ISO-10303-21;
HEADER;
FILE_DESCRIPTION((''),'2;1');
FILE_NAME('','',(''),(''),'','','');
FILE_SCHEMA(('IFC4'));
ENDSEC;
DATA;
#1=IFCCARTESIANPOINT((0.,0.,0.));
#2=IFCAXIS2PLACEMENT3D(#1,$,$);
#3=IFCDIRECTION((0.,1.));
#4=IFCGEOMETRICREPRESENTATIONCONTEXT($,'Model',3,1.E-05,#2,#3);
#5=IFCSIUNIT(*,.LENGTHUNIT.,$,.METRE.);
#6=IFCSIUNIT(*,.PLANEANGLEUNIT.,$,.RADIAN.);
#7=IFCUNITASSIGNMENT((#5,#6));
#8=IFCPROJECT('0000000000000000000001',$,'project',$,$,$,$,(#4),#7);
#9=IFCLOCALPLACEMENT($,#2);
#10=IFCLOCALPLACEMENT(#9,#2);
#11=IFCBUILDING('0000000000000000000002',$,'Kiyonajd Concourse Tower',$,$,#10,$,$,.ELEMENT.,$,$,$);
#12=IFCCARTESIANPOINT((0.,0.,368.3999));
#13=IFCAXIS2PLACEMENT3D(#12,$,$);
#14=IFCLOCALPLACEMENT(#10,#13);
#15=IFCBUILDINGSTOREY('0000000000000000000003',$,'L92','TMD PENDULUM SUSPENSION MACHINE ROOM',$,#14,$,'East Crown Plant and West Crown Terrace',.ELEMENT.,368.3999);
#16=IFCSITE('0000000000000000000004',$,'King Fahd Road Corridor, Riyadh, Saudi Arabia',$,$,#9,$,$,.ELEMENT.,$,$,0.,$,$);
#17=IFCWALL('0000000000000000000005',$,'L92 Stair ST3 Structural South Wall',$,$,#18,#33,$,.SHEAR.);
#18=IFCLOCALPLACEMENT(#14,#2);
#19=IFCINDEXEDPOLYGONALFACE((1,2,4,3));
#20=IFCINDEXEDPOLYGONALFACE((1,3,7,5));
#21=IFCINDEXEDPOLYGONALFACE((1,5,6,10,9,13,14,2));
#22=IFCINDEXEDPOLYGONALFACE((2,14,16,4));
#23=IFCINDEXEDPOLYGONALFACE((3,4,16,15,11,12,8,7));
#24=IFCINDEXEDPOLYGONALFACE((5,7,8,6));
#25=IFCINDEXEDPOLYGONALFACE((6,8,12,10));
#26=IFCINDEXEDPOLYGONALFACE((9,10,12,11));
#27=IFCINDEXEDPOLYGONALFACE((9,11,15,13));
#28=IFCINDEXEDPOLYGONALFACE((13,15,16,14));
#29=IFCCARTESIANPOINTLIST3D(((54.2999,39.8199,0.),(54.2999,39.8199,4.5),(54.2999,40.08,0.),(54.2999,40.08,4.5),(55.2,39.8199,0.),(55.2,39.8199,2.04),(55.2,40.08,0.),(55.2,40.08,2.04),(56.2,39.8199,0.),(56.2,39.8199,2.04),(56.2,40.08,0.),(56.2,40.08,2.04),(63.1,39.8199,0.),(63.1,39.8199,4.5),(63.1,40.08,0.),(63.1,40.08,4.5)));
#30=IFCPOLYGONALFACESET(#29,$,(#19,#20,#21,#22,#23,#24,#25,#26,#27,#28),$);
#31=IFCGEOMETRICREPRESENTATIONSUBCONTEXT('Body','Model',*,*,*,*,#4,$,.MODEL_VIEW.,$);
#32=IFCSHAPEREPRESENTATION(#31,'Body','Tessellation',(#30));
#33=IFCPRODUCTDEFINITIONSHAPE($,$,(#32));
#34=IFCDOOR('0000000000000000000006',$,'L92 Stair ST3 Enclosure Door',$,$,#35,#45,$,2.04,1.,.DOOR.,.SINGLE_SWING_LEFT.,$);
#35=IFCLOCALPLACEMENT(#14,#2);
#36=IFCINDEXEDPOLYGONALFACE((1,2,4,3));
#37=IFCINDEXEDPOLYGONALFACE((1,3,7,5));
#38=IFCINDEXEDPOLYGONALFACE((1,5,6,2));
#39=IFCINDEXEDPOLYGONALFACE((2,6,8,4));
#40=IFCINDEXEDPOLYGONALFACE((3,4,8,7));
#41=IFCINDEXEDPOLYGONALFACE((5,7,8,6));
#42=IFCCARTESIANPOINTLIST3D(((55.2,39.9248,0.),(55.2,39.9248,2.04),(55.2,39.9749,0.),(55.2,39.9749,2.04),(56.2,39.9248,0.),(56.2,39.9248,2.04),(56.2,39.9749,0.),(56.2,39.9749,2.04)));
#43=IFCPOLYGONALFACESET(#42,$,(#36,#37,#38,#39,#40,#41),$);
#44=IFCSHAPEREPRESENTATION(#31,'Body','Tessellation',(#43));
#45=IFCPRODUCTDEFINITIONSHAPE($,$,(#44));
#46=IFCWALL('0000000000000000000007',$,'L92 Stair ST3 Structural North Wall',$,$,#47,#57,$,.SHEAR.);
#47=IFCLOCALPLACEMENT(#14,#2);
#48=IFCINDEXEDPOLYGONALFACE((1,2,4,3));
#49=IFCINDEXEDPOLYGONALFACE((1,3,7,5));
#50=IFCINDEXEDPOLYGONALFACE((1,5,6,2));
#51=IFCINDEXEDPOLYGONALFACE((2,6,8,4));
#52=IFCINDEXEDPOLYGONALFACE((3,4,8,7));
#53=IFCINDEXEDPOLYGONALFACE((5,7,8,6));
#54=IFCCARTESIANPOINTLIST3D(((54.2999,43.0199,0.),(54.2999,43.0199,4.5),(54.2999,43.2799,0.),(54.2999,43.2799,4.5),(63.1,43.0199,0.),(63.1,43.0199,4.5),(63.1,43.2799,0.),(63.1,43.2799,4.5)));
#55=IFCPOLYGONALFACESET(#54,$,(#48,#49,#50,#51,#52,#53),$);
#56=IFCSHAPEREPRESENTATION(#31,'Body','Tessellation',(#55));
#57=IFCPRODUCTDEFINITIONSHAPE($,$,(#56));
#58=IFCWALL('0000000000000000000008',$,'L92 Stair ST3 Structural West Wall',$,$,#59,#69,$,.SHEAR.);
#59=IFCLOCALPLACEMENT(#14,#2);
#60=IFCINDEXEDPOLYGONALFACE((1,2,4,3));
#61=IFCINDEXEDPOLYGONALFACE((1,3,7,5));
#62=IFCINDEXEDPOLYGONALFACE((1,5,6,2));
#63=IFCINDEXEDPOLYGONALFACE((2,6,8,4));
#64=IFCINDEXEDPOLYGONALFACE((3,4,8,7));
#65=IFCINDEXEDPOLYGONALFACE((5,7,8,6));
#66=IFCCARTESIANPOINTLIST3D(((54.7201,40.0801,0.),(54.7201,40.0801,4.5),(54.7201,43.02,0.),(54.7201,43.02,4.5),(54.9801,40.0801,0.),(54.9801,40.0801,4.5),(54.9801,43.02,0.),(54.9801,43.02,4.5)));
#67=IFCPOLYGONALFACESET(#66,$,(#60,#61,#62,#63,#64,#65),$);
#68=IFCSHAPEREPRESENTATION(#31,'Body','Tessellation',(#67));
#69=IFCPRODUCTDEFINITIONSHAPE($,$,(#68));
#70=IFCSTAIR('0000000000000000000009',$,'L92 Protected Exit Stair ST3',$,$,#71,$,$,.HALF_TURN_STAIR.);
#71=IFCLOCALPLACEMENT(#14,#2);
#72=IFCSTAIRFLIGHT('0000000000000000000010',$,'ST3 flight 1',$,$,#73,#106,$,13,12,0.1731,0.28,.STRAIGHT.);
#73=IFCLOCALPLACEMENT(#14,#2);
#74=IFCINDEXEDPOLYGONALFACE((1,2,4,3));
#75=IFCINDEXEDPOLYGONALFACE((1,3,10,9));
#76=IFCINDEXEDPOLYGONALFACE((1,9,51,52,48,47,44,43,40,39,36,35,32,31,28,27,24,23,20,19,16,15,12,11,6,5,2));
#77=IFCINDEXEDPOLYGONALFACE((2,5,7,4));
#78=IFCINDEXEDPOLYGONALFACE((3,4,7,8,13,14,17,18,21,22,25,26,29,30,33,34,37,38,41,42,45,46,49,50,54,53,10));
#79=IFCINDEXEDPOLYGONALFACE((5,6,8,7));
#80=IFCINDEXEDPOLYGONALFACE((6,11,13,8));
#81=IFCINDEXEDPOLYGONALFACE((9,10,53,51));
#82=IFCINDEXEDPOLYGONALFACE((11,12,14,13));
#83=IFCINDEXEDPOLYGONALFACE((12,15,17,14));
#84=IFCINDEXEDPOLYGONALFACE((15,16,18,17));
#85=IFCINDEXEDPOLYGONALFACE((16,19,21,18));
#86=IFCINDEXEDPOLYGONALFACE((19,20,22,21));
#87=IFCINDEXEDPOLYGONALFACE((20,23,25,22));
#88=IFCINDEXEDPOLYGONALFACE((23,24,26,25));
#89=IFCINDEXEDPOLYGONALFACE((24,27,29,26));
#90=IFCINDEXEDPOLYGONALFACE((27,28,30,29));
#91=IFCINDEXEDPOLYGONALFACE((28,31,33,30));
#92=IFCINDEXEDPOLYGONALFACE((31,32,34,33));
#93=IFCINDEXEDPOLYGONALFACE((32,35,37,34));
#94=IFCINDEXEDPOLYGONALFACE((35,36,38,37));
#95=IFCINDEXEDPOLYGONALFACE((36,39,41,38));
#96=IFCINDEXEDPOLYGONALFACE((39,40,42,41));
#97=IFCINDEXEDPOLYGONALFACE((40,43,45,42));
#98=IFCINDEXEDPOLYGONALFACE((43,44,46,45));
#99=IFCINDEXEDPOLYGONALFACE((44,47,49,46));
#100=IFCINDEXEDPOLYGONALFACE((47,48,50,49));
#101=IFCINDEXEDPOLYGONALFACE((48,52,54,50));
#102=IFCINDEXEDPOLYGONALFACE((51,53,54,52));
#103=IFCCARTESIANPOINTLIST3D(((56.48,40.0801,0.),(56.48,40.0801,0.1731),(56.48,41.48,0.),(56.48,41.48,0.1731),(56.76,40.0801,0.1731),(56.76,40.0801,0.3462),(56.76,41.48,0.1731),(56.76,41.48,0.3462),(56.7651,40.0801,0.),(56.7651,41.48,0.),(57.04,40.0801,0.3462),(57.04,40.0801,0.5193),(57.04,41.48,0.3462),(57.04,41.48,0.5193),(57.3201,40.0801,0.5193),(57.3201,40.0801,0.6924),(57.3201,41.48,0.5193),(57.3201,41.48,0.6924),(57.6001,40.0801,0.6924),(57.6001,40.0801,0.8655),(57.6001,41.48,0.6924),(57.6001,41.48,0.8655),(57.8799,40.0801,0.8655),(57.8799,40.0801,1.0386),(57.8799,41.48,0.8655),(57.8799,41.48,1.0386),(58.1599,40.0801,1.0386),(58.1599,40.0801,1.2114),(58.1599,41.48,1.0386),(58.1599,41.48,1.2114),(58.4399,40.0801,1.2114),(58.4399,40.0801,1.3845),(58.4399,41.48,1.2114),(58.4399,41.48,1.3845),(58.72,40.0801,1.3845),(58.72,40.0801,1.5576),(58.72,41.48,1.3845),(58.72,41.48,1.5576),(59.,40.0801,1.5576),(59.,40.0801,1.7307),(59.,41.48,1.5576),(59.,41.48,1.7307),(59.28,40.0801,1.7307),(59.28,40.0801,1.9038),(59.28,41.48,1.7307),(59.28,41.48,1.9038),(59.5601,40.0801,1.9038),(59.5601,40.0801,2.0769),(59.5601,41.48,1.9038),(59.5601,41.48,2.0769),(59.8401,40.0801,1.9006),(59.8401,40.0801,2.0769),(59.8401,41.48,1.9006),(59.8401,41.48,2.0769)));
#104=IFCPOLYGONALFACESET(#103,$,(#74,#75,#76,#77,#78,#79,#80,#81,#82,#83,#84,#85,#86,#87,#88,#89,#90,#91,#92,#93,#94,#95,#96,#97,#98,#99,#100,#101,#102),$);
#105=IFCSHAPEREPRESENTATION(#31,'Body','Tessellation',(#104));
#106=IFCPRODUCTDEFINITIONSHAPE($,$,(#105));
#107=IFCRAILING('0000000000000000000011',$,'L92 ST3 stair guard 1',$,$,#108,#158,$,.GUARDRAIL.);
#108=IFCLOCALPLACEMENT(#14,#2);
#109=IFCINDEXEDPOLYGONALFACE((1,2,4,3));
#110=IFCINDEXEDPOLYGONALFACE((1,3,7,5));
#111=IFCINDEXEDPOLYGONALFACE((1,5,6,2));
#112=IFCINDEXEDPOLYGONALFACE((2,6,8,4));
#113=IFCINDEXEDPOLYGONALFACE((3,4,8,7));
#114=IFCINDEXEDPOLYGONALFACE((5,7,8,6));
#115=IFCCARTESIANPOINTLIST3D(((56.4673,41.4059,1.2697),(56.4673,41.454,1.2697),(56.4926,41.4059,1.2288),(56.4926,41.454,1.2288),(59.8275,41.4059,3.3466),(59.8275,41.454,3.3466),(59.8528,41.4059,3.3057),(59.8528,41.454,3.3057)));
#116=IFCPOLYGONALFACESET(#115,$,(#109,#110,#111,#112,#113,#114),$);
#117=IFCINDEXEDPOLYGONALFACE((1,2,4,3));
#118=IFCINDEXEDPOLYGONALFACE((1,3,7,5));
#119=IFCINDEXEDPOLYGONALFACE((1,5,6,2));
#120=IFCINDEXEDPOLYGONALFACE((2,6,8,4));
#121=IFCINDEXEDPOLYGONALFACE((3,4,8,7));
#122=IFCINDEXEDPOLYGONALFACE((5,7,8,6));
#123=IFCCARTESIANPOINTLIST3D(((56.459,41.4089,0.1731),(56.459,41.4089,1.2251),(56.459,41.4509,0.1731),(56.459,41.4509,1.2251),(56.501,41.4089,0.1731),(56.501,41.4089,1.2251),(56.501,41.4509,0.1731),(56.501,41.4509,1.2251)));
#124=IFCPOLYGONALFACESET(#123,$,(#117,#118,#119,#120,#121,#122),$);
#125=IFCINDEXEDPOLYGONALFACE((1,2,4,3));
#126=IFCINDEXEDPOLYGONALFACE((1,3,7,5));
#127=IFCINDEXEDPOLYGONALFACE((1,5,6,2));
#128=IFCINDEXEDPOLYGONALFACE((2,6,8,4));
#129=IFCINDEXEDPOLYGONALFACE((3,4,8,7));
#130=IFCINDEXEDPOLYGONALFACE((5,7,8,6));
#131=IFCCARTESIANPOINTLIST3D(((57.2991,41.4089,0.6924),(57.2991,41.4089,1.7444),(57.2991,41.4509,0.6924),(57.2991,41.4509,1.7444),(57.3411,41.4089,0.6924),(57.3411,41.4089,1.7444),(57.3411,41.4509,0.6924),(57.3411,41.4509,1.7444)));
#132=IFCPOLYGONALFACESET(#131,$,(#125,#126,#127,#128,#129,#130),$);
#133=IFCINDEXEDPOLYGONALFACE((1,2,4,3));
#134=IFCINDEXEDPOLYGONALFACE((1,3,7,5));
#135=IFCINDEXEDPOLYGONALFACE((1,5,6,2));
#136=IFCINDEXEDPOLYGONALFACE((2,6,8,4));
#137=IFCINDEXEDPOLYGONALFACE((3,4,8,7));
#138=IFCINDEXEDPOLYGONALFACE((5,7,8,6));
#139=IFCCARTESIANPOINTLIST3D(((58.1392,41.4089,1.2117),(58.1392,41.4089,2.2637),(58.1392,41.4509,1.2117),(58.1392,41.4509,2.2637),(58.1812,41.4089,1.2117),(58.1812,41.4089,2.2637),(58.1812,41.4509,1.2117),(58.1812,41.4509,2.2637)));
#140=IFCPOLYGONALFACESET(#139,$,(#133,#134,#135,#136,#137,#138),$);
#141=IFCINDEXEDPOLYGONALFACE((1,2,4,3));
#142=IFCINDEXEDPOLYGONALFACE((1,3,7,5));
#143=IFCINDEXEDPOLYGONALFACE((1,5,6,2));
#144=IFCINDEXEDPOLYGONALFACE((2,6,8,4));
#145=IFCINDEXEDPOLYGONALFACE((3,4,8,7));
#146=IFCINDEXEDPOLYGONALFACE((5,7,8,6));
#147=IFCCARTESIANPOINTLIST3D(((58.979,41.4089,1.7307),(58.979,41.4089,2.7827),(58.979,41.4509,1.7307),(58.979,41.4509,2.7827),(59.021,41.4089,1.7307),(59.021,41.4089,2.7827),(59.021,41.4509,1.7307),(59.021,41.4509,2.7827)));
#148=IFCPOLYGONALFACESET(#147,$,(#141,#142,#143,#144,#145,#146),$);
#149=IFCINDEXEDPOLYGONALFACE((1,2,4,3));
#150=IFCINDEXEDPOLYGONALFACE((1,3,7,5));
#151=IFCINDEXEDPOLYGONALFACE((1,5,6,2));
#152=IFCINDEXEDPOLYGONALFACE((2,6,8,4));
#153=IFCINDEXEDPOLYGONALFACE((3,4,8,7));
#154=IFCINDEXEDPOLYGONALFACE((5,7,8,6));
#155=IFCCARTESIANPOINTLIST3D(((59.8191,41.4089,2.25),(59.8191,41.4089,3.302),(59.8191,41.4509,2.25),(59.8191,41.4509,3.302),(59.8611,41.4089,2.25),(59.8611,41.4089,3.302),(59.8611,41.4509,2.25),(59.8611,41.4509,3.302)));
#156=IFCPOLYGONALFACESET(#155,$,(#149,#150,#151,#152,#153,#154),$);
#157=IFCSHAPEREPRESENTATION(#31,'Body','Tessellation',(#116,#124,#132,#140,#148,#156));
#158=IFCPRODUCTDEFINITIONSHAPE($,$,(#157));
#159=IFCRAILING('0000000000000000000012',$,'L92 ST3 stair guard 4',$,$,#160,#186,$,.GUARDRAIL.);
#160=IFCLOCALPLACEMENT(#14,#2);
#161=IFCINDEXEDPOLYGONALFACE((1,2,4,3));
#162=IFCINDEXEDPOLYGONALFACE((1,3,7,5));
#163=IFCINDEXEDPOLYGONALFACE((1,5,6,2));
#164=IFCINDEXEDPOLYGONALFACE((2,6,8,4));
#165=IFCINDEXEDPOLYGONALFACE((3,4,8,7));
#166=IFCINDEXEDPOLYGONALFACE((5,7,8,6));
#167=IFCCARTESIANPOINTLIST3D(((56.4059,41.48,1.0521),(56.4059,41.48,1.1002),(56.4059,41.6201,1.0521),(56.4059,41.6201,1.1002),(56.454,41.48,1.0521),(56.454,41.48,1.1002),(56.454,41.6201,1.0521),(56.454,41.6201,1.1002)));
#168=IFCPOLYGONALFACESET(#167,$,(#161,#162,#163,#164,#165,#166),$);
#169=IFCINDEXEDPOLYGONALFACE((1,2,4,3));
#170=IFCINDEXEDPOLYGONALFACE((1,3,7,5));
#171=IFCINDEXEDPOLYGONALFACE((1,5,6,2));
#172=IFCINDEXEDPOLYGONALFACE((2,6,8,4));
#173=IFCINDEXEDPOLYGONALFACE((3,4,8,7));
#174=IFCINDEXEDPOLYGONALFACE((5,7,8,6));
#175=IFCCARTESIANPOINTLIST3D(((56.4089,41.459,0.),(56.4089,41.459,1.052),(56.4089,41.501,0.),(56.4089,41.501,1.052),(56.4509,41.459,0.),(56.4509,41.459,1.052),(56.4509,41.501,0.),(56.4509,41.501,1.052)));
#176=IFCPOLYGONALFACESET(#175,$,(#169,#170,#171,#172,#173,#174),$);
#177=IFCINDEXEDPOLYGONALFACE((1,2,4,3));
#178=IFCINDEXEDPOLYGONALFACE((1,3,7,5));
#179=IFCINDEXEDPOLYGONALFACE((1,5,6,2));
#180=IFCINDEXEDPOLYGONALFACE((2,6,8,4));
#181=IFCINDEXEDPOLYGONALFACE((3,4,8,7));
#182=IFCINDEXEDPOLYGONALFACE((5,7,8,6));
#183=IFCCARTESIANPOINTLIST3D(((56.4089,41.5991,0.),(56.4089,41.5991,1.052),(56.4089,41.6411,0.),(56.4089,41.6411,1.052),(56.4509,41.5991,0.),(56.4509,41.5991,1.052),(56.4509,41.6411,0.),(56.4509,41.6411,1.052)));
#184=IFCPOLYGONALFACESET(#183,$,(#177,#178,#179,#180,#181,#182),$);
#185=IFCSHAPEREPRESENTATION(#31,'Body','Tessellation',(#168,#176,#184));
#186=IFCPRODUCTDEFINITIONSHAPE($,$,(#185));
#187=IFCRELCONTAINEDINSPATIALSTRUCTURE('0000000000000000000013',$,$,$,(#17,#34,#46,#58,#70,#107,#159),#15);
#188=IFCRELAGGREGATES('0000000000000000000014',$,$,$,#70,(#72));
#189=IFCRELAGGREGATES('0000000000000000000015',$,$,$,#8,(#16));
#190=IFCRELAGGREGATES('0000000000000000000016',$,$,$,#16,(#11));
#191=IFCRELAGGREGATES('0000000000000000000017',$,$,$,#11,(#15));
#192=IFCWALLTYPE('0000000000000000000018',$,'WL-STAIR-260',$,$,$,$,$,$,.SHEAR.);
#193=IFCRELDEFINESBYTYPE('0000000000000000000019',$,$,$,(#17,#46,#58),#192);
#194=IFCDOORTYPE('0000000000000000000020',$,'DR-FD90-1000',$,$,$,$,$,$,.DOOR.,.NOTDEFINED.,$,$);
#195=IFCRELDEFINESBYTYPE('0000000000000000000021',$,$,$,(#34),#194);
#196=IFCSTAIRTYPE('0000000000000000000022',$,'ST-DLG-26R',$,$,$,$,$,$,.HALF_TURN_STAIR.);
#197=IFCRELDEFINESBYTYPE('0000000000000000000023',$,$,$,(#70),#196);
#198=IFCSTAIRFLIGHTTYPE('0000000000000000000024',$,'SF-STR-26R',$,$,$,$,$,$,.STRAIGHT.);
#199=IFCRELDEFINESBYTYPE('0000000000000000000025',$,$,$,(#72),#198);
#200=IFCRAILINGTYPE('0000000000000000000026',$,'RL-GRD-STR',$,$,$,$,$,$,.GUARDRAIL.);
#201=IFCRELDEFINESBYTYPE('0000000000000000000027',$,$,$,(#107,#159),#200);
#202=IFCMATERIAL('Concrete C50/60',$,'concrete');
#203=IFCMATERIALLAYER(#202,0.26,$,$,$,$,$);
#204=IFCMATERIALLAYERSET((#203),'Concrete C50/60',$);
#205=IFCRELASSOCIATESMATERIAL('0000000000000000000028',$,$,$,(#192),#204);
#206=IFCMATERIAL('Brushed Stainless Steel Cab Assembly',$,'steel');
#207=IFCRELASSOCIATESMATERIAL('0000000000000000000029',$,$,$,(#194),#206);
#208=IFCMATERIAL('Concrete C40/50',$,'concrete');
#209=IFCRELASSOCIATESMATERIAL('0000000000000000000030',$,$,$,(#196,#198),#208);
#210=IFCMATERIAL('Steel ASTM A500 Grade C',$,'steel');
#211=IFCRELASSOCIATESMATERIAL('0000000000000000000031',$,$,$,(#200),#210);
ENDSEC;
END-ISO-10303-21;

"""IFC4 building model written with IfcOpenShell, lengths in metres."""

from ifc_helpers import new_model, si_unit, direction, frame, frame_2d, origin, origin_2d, place, context, subcontext, project, spatial, polyline, rectangle, outline, extrude, material, layer, layer_set, type_object, element, fill, aggregate, save


model = new_model("IFC4")

# Units and contexts
model_context = context("Model", 3, precision=1e-05, world=origin(), true_north=direction((0.0, 1.0)))
body_context = subcontext(model_context, "Body", "Model", "MODEL_VIEW")
ifc_project = project(units=[si_unit("LENGTHUNIT", "METRE"), si_unit("PLANEANGLEUNIT", "RADIAN")], contexts=[model_context])

# Site, building, storey
site_placement = place(None, origin())
site = spatial("IfcSite", under=ifc_project, at=site_placement, Name="King Fahd Road Corridor, Riyadh, Saudi Arabia", CompositionType="ELEMENT", RefElevation=0.0)
building_placement = place(site_placement, origin())
building = spatial("IfcBuilding", under=site, at=building_placement, Name="Kiyonajd Concourse Tower", CompositionType="ELEMENT")
storey_placement = place(building_placement, frame((0.0, 0.0, 368.3999)))
storey = spatial("IfcBuildingStorey", under=building, at=storey_placement, Name="L92", Description="TMD PENDULUM SUSPENSION MACHINE ROOM", LongName="East Crown Plant and West Crown Terrace", CompositionType="ELEMENT", Elevation=368.3999)

# Shared definitions
ifc_material_1 = material(Name="Concrete C50/60", Category="concrete")

# Shared definitions
ifc_material_2 = material(Name="Steel ASTM A500 Grade C", Category="steel")

# Shared definitions
ifc_material_3 = material(Name="Brushed Stainless Steel Cab Assembly", Category="steel")

# Wall, opening, door
ifc_layer_1 = layer(ifc_material_1, 0.26)
ifc_layer_set_1 = layer_set([ifc_layer_1], Name="Concrete C50/60")
wall_type_1 = type_object("IfcWallType", Name="WL-STAIR-260", PredefinedType="SHEAR", material=ifc_layer_set_1)
door_type_1 = type_object("IfcDoorType", Name="DR-FD90-1000", OperationType="NOTDEFINED", PredefinedType="DOOR", material=ifc_material_3)
wall_1_placement = place(storey_placement, frame((54.3, 39.95, 0.0), z_axis=(0.0, 0.0, 1.0), x_axis=(1.0, 0.0, 0.0)))
wall_1 = element("IfcWall", 1, at=wall_1_placement, inside=storey, type_object=wall_type_1, Name="L92 Stair ST3 Structural South Wall", PredefinedType="SHEAR", context=body_context, shape_type="SweptSolid", body=[
    extrude(rectangle(XDim=8.8, YDim=0.26, at=frame_2d((4.3999, 0.0))), origin(), (0.0, 0.0, 1.0), 4.5),
])
opening_1_placement = place(wall_1_placement, frame((0.8999, 0.0, 0.0)))
opening_1 = element("IfcOpeningElement", 2, at=opening_1_placement, cuts=wall_1, PredefinedType="OPENING", context=body_context, shape_type="SweptSolid", body=[
    extrude(rectangle(XDim=1.0, YDim=2.04, at=frame_2d((0.5, 1.02))), frame((0.0, 0.1399, 0.0), z_axis=(0.0, -1.0, 0.0), x_axis=(1.0, 0.0, 0.0)), (0.0, 0.0, 1.0), 0.28),
])
door_1_placement = place(opening_1_placement, origin())
door_1 = element("IfcDoor", 3, at=door_1_placement, inside=storey, type_object=door_type_1, Name="L92 Stair ST3 Enclosure Door", OperationType="SINGLE_SWING_LEFT", OverallHeight=2.04, OverallWidth=1.0, PredefinedType="DOOR", context=body_context, shape_type="SweptSolid", body=[
    extrude(rectangle(XDim=1.0, YDim=2.04, at=frame_2d((0.5, 1.02))), frame((0.0, 0.0249, 0.0), z_axis=(0.0, -1.0, 0.0), x_axis=(1.0, 0.0, 0.0)), (0.0, 0.0, 1.0), 0.05),
])
fill(opening_1, door_1)

# Walls
wall_2_placement = place(storey_placement, frame((54.3, 43.1499, 0.0), z_axis=(0.0, 0.0, 1.0), x_axis=(1.0, 0.0, 0.0)))
element("IfcWall", 4, at=wall_2_placement, inside=storey, type_object=wall_type_1, Name="L92 Stair ST3 Structural North Wall", PredefinedType="SHEAR", context=body_context, shape_type="SweptSolid", body=[
    extrude(rectangle(XDim=8.8, YDim=0.26, at=frame_2d((4.3999, 0.0))), origin(), (0.0, 0.0, 1.0), 4.5),
])
wall_3_placement = place(storey_placement, frame((54.8501, 40.0801, 0.0), z_axis=(0.0, 0.0, 1.0), x_axis=(0.0, 1.0, 0.0)))
element("IfcWall", 5, at=wall_3_placement, inside=storey, type_object=wall_type_1, Name="L92 Stair ST3 Structural West Wall", PredefinedType="SHEAR", context=body_context, shape_type="SweptSolid", body=[
    extrude(rectangle(XDim=2.9399, YDim=0.26, at=frame_2d((1.47, 0.0))), origin(), (0.0, 0.0, 1.0), 4.5),
])

# Stair, stair flight
ifc_material_4 = material(Name="Concrete C40/50", Category="concrete")
stair_type = type_object("IfcStairType", Name="ST-DLG-26R", PredefinedType="HALF_TURN_STAIR", material=ifc_material_4)
stair_placement = place(storey_placement, origin())
stair = element("IfcStair", 6, at=stair_placement, inside=storey, type_object=stair_type, Name="L92 Protected Exit Stair ST3", PredefinedType="HALF_TURN_STAIR")
stair_flight_type = type_object("IfcStairFlightType", Name="SF-STR-26R", PredefinedType="STRAIGHT", material=ifc_material_4)
stair_flight_placement = place(storey_placement, frame((56.48, 40.78, 0.0), z_axis=(0.0, 0.0, 1.0), x_axis=(1.0, 0.0, 0.0)))
stair_flight = element("IfcStairFlight", 7, at=stair_flight_placement, type_object=stair_flight_type, Name="ST3 flight 1", NumberOfRisers=13, NumberOfTreads=12, PredefinedType="STRAIGHT", RiserHeight=0.1731, TreadLength=0.28, context=body_context, shape_type="SweptSolid", body=[
    extrude(outline(polyline([(0.0, 0.0), (0.0, 0.1731), (0.28, 0.1731), (0.28, 0.3462), (0.5601, 0.3462), (0.5601, 0.5193), (0.8401, 0.5193), (0.8401, 0.6924), (1.1201, 0.6924), (1.1201, 0.8655), (1.3999, 0.8655), (1.3999, 1.0386), (1.6799, 1.0386), (1.6799, 1.2114), (1.96, 1.2114), (1.96, 1.3845), (2.24, 1.3845), (2.24, 1.5576), (2.52, 1.5576), (2.52, 1.7307), (2.8, 1.7307), (2.8, 1.9038), (3.0801, 1.9038), (3.0801, 2.0769), (3.3601, 2.0769), (3.3601, 2.25), (3.3601, 1.9006), (0.2852, 0.0), (0.0, 0.0)])), frame((0.0, 0.7, 0.0), z_axis=(0.0, -1.0, 0.0), x_axis=(1.0, 0.0, 0.0)), (0.0, 0.0, 1.0), 1.3999),
])
aggregate(stair, [stair_flight])

# Railings
railing_type_1 = type_object("IfcRailingType", Name="RL-GRD-STR", PredefinedType="GUARDRAIL", material=ifc_material_2)
railing_1_placement = place(storey_placement, frame((56.48, 41.4299, 0.1731)))
element("IfcRailing", 8, at=railing_1_placement, inside=storey, type_object=railing_type_1, Name="L92 ST3 stair guard 1", PredefinedType="GUARDRAIL", context=body_context, shape_type="SweptSolid", body=[
    extrude(rectangle(XDim=0.0481, YDim=0.0481, at=origin_2d()), frame((0.0, 0.0, 1.0762), z_axis=(0.850623, 0.0, 0.525776), x_axis=(0.0, 1.0, 0.0)), (0.0, 0.0, 1.0), 3.9502),
    extrude(rectangle(XDim=0.042, YDim=0.042, at=origin_2d()), origin(), (0.0, 0.0, 1.0), 1.052),
    extrude(rectangle(XDim=0.042, YDim=0.042, at=origin_2d()), frame((0.8401, 0.0, 0.5193)), (0.0, 0.0, 1.0), 1.052),
    extrude(rectangle(XDim=0.042, YDim=0.042, at=origin_2d()), frame((1.6802, 0.0, 1.0386)), (0.0, 0.0, 1.0), 1.052),
    extrude(rectangle(XDim=0.042, YDim=0.042, at=origin_2d()), frame((2.52, 0.0, 1.5576)), (0.0, 0.0, 1.0), 1.052),
    extrude(rectangle(XDim=0.042, YDim=0.042, at=origin_2d()), frame((3.3601, 0.0, 2.0769)), (0.0, 0.0, 1.0), 1.052),
])
railing_2_placement = place(storey_placement, frame((56.4299, 41.48, 0.0)))
element("IfcRailing", 9, at=railing_2_placement, inside=storey, type_object=railing_type_1, Name="L92 ST3 stair guard 4", PredefinedType="GUARDRAIL", context=body_context, shape_type="SweptSolid", body=[
    extrude(rectangle(XDim=0.0481, YDim=0.0481, at=origin_2d()), frame((0.0, 0.0, 1.0762), z_axis=(0.0, 1.0, 0.0), x_axis=(-1.0, 0.0, 0.0)), (0.0, 0.0, 1.0), 0.1401),
    extrude(rectangle(XDim=0.042, YDim=0.042, at=origin_2d()), origin(), (0.0, 0.0, 1.0), 1.052),
    extrude(rectangle(XDim=0.042, YDim=0.042, at=origin_2d()), frame((0.0, 0.1401, 0.0)), (0.0, 0.0, 1.0), 1.052),
])

save(model, "model.ifc")
